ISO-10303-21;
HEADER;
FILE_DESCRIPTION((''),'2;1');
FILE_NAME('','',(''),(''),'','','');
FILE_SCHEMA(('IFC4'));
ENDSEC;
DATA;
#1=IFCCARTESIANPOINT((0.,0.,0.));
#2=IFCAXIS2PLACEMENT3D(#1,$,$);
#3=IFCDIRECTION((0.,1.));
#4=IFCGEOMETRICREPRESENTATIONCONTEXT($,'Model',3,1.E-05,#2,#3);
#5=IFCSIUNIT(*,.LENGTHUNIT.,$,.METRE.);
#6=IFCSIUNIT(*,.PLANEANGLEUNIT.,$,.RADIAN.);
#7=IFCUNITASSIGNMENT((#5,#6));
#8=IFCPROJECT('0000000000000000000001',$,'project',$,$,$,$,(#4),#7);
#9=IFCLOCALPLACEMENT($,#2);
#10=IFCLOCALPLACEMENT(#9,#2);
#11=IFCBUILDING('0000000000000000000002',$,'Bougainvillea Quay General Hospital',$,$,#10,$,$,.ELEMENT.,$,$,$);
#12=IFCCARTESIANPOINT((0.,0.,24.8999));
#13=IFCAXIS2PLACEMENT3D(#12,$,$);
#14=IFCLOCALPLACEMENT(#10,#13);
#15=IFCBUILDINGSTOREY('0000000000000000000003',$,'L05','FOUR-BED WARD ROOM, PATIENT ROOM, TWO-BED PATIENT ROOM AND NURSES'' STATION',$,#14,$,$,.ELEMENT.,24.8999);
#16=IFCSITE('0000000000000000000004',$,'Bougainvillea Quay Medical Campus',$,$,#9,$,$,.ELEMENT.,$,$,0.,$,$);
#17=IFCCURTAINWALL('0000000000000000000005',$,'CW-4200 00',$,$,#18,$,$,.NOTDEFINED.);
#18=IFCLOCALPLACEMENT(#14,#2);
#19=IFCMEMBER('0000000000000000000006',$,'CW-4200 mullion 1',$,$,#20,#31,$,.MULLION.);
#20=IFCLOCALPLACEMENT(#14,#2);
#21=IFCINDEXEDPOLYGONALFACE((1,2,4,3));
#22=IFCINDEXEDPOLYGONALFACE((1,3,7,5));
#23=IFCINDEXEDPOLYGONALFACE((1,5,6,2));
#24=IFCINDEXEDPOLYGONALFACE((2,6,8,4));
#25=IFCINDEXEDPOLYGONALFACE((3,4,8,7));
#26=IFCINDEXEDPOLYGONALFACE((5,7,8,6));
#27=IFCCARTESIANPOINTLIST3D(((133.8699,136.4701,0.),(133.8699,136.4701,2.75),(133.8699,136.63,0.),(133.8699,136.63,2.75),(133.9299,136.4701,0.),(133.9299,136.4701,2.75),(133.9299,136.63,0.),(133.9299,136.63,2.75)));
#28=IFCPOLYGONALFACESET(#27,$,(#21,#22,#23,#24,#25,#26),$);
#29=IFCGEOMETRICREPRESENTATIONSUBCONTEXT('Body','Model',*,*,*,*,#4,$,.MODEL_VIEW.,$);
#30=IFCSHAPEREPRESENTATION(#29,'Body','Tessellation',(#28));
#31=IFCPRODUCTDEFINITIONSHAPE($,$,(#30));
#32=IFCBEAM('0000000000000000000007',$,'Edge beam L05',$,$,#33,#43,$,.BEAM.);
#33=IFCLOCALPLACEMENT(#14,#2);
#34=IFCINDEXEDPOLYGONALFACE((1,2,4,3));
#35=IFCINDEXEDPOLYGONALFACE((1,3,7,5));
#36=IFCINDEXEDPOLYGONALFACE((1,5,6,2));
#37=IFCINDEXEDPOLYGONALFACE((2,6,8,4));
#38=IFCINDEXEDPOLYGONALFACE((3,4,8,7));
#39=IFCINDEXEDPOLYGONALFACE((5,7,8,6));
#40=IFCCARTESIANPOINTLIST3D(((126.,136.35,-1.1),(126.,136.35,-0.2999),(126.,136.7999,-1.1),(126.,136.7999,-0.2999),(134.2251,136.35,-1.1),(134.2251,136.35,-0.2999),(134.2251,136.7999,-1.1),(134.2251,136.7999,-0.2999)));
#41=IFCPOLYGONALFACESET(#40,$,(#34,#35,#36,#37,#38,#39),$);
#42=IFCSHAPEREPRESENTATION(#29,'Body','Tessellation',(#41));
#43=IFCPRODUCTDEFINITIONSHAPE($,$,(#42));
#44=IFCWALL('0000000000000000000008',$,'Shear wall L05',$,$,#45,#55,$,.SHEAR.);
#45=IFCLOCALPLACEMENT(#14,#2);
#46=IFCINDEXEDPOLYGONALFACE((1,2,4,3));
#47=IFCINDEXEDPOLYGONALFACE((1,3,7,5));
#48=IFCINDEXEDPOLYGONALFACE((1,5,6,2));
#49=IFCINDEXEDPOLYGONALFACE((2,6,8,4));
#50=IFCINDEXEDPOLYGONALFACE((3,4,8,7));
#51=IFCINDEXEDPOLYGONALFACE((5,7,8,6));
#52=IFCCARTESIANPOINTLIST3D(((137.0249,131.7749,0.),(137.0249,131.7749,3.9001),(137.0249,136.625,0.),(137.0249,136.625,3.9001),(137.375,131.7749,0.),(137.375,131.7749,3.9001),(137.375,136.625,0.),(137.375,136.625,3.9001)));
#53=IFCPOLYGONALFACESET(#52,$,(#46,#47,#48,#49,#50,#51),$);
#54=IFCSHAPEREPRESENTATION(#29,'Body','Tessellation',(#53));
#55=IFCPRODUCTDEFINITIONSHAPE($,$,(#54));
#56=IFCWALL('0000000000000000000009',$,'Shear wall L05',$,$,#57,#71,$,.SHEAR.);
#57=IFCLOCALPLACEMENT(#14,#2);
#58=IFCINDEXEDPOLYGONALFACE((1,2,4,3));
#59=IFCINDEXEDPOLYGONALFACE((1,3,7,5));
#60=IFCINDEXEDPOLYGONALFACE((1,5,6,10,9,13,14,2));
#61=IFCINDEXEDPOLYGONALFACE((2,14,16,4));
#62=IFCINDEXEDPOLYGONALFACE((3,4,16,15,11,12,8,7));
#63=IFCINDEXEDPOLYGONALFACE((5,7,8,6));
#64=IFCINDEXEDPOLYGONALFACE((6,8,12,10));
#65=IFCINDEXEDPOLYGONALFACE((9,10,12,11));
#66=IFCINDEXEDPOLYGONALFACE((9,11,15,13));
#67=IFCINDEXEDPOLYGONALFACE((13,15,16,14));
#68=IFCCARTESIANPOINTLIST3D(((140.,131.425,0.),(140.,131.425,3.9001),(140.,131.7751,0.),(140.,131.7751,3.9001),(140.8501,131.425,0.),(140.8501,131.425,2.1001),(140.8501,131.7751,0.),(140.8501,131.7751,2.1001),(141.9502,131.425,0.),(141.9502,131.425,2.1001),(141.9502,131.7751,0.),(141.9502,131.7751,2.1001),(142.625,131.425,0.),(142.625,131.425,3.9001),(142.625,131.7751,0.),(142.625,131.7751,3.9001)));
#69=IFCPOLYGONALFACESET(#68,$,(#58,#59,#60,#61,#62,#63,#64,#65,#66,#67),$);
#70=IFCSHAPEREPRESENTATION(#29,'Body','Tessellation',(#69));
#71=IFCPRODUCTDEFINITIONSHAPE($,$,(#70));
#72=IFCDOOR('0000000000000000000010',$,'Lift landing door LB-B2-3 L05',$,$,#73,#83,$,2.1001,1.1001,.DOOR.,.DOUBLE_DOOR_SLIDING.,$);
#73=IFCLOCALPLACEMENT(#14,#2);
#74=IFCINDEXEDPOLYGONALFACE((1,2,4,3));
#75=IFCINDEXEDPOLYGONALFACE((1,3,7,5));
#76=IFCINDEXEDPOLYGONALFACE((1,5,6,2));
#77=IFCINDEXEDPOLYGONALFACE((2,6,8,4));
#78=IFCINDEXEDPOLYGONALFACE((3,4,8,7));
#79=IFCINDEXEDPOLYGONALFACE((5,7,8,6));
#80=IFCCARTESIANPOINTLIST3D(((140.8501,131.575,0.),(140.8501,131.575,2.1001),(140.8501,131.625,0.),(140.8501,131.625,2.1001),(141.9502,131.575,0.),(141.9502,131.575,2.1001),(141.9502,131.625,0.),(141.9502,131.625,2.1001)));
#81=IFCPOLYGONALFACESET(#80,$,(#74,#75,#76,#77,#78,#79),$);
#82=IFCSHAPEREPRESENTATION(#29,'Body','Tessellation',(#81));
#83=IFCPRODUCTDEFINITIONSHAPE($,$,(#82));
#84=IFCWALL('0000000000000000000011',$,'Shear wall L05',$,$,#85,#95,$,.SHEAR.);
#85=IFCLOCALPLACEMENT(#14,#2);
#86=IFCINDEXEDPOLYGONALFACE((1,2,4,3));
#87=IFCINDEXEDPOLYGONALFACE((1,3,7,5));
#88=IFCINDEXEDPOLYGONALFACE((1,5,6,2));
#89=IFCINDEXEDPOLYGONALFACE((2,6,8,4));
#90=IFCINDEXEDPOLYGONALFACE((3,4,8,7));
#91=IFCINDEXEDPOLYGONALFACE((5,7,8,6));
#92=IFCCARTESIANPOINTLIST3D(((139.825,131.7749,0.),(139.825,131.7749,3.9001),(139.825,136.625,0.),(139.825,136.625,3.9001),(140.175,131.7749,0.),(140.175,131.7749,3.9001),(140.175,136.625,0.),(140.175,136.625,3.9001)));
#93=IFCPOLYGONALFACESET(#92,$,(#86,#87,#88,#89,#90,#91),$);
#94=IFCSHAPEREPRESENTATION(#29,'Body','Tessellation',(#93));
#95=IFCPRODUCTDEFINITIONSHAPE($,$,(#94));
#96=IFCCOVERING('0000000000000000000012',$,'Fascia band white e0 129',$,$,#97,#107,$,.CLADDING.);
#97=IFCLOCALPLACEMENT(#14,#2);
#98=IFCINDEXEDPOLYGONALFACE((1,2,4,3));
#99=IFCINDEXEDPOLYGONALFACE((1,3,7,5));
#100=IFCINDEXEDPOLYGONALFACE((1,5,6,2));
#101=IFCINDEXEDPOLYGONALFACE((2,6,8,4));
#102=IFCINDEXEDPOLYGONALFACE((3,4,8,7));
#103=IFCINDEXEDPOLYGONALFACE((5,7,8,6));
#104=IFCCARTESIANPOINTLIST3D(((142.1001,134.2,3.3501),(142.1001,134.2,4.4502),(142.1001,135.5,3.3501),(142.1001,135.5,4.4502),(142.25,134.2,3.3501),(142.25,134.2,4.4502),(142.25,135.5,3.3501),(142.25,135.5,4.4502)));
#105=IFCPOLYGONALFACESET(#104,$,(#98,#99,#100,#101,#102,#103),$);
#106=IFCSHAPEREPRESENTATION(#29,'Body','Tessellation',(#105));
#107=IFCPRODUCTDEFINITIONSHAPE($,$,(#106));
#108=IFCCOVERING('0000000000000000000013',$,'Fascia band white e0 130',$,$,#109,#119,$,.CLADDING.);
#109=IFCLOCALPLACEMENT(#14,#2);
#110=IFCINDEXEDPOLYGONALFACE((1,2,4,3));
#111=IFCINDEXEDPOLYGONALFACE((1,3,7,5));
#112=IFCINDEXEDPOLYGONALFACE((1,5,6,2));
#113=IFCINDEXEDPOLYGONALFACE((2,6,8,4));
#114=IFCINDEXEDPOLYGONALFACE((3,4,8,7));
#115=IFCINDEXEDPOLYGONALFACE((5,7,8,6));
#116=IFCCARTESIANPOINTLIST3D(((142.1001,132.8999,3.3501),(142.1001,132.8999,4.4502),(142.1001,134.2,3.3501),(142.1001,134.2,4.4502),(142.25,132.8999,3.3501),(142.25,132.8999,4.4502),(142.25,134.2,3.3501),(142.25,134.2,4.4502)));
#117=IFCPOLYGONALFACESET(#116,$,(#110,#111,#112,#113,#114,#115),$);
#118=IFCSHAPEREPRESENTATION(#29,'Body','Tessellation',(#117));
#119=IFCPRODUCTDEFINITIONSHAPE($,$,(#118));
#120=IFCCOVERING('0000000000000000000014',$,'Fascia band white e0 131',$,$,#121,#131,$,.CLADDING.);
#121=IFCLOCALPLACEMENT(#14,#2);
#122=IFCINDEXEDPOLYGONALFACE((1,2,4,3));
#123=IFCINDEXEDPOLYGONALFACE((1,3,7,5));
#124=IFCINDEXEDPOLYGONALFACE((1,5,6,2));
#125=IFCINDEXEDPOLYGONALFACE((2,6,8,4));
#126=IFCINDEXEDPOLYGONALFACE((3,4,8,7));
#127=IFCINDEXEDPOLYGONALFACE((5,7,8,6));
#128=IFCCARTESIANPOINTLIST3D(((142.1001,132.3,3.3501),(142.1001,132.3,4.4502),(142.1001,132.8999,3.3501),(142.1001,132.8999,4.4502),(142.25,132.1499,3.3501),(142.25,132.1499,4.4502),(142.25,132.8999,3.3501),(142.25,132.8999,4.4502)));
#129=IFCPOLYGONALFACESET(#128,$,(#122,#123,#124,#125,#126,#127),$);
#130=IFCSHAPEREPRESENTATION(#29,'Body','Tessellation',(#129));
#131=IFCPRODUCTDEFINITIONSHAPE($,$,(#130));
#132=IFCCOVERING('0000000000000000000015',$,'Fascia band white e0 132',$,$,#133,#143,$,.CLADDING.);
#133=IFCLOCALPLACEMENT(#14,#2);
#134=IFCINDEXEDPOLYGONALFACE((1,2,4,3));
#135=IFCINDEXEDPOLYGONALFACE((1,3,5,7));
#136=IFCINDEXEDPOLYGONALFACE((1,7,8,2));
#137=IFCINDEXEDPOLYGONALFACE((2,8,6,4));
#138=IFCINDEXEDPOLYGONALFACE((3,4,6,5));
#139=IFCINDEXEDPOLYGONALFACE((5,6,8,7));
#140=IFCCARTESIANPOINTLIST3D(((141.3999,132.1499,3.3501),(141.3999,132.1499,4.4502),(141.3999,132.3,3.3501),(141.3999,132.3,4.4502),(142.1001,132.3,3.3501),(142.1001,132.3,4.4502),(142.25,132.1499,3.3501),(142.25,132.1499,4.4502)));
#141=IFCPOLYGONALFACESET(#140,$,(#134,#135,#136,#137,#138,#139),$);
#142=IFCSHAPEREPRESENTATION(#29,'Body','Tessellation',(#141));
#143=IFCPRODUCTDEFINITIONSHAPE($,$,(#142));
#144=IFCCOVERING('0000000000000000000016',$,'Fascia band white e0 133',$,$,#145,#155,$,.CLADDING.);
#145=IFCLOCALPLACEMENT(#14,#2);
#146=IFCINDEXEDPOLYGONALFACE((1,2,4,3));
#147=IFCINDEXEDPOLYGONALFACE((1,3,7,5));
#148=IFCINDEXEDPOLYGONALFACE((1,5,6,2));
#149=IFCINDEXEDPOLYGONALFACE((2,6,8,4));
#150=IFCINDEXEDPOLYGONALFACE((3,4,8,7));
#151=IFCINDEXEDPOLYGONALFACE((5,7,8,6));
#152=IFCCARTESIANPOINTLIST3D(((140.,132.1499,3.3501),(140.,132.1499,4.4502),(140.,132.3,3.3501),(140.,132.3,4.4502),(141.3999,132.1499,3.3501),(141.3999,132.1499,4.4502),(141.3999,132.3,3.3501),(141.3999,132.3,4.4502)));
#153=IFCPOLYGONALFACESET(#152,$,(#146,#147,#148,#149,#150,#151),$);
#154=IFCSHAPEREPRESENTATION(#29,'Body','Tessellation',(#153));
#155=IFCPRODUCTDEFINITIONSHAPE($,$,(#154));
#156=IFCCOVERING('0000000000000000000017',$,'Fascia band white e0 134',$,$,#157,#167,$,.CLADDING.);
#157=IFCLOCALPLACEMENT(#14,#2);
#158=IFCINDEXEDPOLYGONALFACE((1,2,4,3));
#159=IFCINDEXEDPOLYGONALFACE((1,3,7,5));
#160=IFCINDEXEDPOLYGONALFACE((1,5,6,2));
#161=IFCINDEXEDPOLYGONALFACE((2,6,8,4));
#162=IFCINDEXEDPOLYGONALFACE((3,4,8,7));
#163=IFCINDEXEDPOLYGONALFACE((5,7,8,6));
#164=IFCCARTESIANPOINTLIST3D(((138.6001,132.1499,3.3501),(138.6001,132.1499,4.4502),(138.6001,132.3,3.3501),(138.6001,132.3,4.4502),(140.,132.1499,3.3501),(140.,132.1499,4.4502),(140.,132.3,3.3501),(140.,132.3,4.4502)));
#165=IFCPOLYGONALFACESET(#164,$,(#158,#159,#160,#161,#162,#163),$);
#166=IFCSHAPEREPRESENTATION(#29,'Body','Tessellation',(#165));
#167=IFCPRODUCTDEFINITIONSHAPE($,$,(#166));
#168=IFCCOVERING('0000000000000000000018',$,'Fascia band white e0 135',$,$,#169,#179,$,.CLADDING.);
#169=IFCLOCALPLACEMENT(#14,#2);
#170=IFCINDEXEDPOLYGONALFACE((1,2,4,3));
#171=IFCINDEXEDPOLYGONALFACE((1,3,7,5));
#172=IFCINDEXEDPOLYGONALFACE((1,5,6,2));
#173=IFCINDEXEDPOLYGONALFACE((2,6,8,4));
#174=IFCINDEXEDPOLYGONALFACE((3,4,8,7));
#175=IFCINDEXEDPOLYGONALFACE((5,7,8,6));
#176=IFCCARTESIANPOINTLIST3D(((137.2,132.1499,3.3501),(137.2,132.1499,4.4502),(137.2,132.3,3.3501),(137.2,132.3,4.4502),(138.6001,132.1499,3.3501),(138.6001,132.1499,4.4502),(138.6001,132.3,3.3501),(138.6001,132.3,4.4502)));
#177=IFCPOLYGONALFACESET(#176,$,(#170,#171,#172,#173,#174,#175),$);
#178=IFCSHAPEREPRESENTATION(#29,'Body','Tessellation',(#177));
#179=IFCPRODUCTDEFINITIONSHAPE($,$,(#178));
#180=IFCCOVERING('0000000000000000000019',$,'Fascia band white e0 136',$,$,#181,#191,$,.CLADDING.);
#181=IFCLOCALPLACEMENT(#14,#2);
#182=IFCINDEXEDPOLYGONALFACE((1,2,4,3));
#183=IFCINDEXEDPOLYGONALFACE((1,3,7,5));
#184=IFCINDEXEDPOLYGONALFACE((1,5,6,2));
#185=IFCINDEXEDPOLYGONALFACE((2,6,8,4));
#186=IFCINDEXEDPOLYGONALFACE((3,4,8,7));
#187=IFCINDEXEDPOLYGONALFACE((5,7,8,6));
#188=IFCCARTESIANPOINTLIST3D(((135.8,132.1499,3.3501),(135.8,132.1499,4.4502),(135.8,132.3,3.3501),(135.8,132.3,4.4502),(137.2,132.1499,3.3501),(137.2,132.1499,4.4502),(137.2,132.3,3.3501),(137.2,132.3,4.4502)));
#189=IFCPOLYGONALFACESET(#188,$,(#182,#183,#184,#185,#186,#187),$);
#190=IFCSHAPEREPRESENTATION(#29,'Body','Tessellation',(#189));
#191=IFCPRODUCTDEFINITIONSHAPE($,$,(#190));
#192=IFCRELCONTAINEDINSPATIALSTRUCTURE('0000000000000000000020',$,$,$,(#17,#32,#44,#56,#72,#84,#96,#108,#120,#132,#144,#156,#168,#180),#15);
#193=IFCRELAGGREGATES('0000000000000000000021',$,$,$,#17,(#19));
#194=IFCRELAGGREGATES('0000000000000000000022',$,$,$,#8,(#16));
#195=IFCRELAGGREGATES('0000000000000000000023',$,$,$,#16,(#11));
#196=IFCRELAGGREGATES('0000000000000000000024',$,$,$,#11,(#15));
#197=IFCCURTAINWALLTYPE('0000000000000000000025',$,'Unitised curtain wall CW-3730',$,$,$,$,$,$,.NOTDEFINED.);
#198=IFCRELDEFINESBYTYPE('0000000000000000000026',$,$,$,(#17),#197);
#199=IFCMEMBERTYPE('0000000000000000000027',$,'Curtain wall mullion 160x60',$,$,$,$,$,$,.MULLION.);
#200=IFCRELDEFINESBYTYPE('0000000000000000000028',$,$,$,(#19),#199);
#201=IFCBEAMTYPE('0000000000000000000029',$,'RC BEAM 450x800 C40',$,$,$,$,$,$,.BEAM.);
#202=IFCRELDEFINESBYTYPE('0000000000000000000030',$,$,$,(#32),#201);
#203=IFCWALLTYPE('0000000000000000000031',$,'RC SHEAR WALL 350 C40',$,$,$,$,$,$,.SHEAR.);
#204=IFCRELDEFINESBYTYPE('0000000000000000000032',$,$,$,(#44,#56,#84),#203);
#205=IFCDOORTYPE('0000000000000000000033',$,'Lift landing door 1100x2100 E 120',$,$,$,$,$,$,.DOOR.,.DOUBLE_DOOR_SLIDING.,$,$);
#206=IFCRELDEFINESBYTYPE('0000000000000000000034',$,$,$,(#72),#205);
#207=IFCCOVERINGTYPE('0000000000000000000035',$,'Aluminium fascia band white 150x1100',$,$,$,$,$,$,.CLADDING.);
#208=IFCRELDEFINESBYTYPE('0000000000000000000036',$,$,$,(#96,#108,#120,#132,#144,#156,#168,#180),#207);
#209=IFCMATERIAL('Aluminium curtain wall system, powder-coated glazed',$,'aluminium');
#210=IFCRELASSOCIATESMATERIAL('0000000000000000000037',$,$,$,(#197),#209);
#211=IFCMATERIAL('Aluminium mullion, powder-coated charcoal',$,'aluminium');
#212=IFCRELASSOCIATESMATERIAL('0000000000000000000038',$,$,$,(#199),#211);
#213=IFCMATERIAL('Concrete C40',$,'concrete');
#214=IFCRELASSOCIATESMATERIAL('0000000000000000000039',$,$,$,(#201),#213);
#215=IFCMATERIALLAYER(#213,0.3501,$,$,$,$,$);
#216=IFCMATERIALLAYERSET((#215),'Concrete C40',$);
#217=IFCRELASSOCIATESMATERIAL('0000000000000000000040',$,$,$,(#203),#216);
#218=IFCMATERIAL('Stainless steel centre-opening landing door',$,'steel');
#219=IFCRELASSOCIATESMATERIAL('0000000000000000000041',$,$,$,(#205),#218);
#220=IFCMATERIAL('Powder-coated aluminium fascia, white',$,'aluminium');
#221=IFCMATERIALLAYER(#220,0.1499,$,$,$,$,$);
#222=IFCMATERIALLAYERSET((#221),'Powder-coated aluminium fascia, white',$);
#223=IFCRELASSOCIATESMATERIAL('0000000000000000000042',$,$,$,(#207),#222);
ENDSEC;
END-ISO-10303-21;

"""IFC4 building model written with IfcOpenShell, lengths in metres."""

from ifc_helpers import new_model, si_unit, direction, frame, frame_2d, origin, origin_2d, place, context, subcontext, project, spatial, polyline, rectangle, outline, extrude, material, layer, layer_set, material_profile, profile_set, type_object, element, fill, aggregate, save


model = new_model("IFC4")

# Units and contexts
model_context = context("Model", 3, precision=1e-05, world=origin(), true_north=direction((0.0, 1.0)))
body_context = subcontext(model_context, "Body", "Model", "MODEL_VIEW")
ifc_project = project(units=[si_unit("LENGTHUNIT", "METRE"), si_unit("PLANEANGLEUNIT", "RADIAN")], contexts=[model_context])

# Site, building, storey
site_placement = place(None, origin())
site = spatial("IfcSite", under=ifc_project, at=site_placement, Name="Bougainvillea Quay Medical Campus", CompositionType="ELEMENT", RefElevation=0.0)
building_placement = place(site_placement, origin())
building = spatial("IfcBuilding", under=site, at=building_placement, Name="Bougainvillea Quay General Hospital", CompositionType="ELEMENT")
storey_placement = place(building_placement, frame((0.0, 0.0, 24.8999)))
storey = spatial("IfcBuildingStorey", under=building, at=storey_placement, Name="L05", Description="FOUR-BED WARD ROOM, PATIENT ROOM, TWO-BED PATIENT ROOM AND NURSES' STATION", CompositionType="ELEMENT", Elevation=24.8999)

# Curtain wall, member
ifc_material_1 = material(Name="Aluminium curtain wall system, powder-coated glazed", Category="aluminium")
curtain_wall_type = type_object("IfcCurtainWallType", Name="Unitised curtain wall CW-3730", PredefinedType="NOTDEFINED", material=ifc_material_1)
curtain_wall_placement = place(storey_placement, origin())
curtain_wall = element("IfcCurtainWall", 1, at=curtain_wall_placement, inside=storey, type_object=curtain_wall_type, Name="CW-4200 00", PredefinedType="NOTDEFINED")
ifc_material_2 = material(Name="Aluminium mullion, powder-coated charcoal", Category="aluminium")
ifc_material_profile_1 = material_profile(ifc_material_2, rectangle(XDim=0.1599, YDim=0.0601, at=origin_2d()))
ifc_profile_set_1 = profile_set([ifc_material_profile_1], Name="Aluminium mullion, powder-coated charcoal")
member_type = type_object("IfcMemberType", Name="Curtain wall mullion 160x60", PredefinedType="MULLION", material=ifc_profile_set_1)
member_placement = place(storey_placement, frame((133.8999, 136.55, 0.0), z_axis=(0.0, 0.0, 1.0), x_axis=(0.0, -1.0, 0.0)))
member = element("IfcMember", 2, at=member_placement, type_object=member_type, Name="CW-4200 mullion 1", PredefinedType="MULLION", context=body_context, shape_type="SweptSolid", body=[
    extrude(rectangle(XDim=0.1599, YDim=0.0601, at=origin_2d()), origin(), (0.0, 0.0, 1.0), 2.75),
])
aggregate(curtain_wall, [member])

# Beam
ifc_material_3 = material(Name="Concrete C40", Category="concrete")
ifc_material_profile_2 = material_profile(ifc_material_3, rectangle(XDim=0.45, YDim=0.8, at=origin_2d()))
ifc_profile_set_2 = profile_set([ifc_material_profile_2], Name="Concrete C40")
beam_type = type_object("IfcBeamType", Name="RC BEAM 450x800 C40", PredefinedType="BEAM", material=ifc_profile_set_2)
beam_placement = place(storey_placement, frame((134.2251, 136.575, -0.7), z_axis=(-1.0, 0.0, 0.0), x_axis=(0.0, -1.0, 0.0)))
element("IfcBeam", 3, at=beam_placement, inside=storey, type_object=beam_type, Name="Edge beam L05", PredefinedType="BEAM", context=body_context, shape_type="SweptSolid", body=[
    extrude(rectangle(XDim=0.45, YDim=0.8, at=origin_2d()), origin(), (0.0, 0.0, 1.0), 8.2251),
])

# Wall
ifc_layer_1 = layer(ifc_material_3, 0.3501)
ifc_layer_set_1 = layer_set([ifc_layer_1], Name="Concrete C40")
wall_type = type_object("IfcWallType", Name="RC SHEAR WALL 350 C40", PredefinedType="SHEAR", material=ifc_layer_set_1)
wall_1_placement = place(storey_placement, frame((137.2, 131.7749, 0.0), z_axis=(0.0, 0.0, 1.0), x_axis=(0.0, 1.0, 0.0)))
element("IfcWall", 4, at=wall_1_placement, inside=storey, type_object=wall_type, Name="Shear wall L05", PredefinedType="SHEAR", context=body_context, shape_type="SweptSolid", body=[
    extrude(rectangle(XDim=4.8501, YDim=0.3501, at=frame_2d((2.425, 0.0))), origin(), (0.0, 0.0, 1.0), 3.9001),
])

# Wall, opening, door
wall_2_placement = place(storey_placement, frame((140.0, 131.6001, 0.0), z_axis=(0.0, 0.0, 1.0), x_axis=(1.0, 0.0, 0.0)))
wall_2 = element("IfcWall", 5, at=wall_2_placement, inside=storey, type_object=wall_type, Name="Shear wall L05", PredefinedType="SHEAR", context=body_context, shape_type="SweptSolid", body=[
    extrude(rectangle(XDim=2.625, YDim=0.3501, at=frame_2d((1.3125, 0.0))), origin(), (0.0, 0.0, 1.0), 3.9001),
])
opening_placement = place(wall_2_placement, frame((0.8501, 0.0, 0.0)))
opening = element("IfcOpeningElement", 6, at=opening_placement, cuts=wall_2, PredefinedType="OPENING", context=body_context, shape_type="SweptSolid", body=[
    extrude(rectangle(XDim=1.1001, YDim=2.1001, at=frame_2d((0.55, 1.05))), frame((0.0, 0.1851, 0.0), z_axis=(0.0, -1.0, 0.0), x_axis=(1.0, 0.0, 0.0)), (0.0, 0.0, 1.0), 0.3701),
])
ifc_material_4 = material(Name="Stainless steel centre-opening landing door", Category="steel")
door_type = type_object("IfcDoorType", Name="Lift landing door 1100x2100 E 120", OperationType="DOUBLE_DOOR_SLIDING", PredefinedType="DOOR", material=ifc_material_4)
door_placement = place(opening_placement, origin())
door = element("IfcDoor", 7, at=door_placement, inside=storey, type_object=door_type, Name="Lift landing door LB-B2-3 L05", OperationType="DOUBLE_DOOR_SLIDING", OverallHeight=2.1001, OverallWidth=1.1001, PredefinedType="DOOR", context=body_context, shape_type="SweptSolid", body=[
    extrude(rectangle(XDim=1.1001, YDim=2.1001, at=frame_2d((0.55, 1.05))), frame((0.0, 0.0249, 0.0), z_axis=(0.0, -1.0, 0.0), x_axis=(1.0, 0.0, 0.0)), (0.0, 0.0, 1.0), 0.05),
])
fill(opening, door)

# Wall
wall_3_placement = place(storey_placement, frame((140.0, 131.7749, 0.0), z_axis=(0.0, 0.0, 1.0), x_axis=(0.0, 1.0, 0.0)))
element("IfcWall", 8, at=wall_3_placement, inside=storey, type_object=wall_type, Name="Shear wall L05", PredefinedType="SHEAR", context=body_context, shape_type="SweptSolid", body=[
    extrude(rectangle(XDim=4.8501, YDim=0.3501, at=frame_2d((2.425, 0.0))), origin(), (0.0, 0.0, 1.0), 3.9001),
])

# Coverings
ifc_material_5 = material(Name="Powder-coated aluminium fascia, white", Category="aluminium")
ifc_layer_2 = layer(ifc_material_5, 0.1499)
ifc_layer_set_2 = layer_set([ifc_layer_2], Name="Powder-coated aluminium fascia, white")
covering_type = type_object("IfcCoveringType", Name="Aluminium fascia band white 150x1100", PredefinedType="CLADDING", material=ifc_layer_set_2)
for number, where, z_axis, x_axis, name in (
    (9, (142.25, 135.5, 3.3501), (0.0, 0.0, 1.0), (0.0, -1.0, 0.0), "Fascia band white e0 129"),
    (10, (142.25, 134.2, 3.3501), (0.0, 0.0, 1.0), (0.0, -1.0, 0.0), "Fascia band white e0 130"),
):
    element("IfcCovering", number, at=place(storey_placement, frame(where, z_axis=z_axis, x_axis=x_axis)), inside=storey, type_object=covering_type, Name=name, PredefinedType="CLADDING", context=body_context, shape_type="SweptSolid", body=[
        extrude(outline(polyline([(0.0, 0.0), (1.3, 0.0), (1.3, -0.1499), (0.0, -0.1499), (0.0, 0.0)])), origin(), (0.0, 0.0, 1.0), 1.1001),
    ])
covering_1_placement = place(storey_placement, frame((142.25, 132.8999, 3.3501), z_axis=(0.0, 0.0, 1.0), x_axis=(0.0, -1.0, 0.0)))
element("IfcCovering", 11, at=covering_1_placement, inside=storey, type_object=covering_type, Name="Fascia band white e0 131", PredefinedType="CLADDING", context=body_context, shape_type="SweptSolid", body=[
    extrude(outline(polyline([(0.0, 0.0), (0.75, 0.0), (0.5999, -0.1499), (0.0, -0.1499), (0.0, 0.0)])), origin(), (0.0, 0.0, 1.0), 1.1001),
])
covering_2_placement = place(storey_placement, frame((142.25, 132.1499, 3.3501), z_axis=(0.0, 0.0, 1.0), x_axis=(-1.0, 0.0, 0.0)))
element("IfcCovering", 12, at=covering_2_placement, inside=storey, type_object=covering_type, Name="Fascia band white e0 132", PredefinedType="CLADDING", context=body_context, shape_type="SweptSolid", body=[
    extrude(outline(polyline([(0.0, 0.0), (0.8501, 0.0), (0.8501, -0.1501), (0.1499, -0.1501), (0.0, 0.0)])), origin(), (0.0, 0.0, 1.0), 1.1001),
])
for number, where, z_axis, x_axis, name in (
    (13, (141.3999, 132.1499, 3.3501), (0.0, 0.0, 1.0), (-1.0, 0.0, 0.0), "Fascia band white e0 133"),
    (14, (140.0, 132.1499, 3.3501), (0.0, 0.0, 1.0), (-1.0, 0.0, 0.0), "Fascia band white e0 134"),
):
    element("IfcCovering", number, at=place(storey_placement, frame(where, z_axis=z_axis, x_axis=x_axis)), inside=storey, type_object=covering_type, Name=name, PredefinedType="CLADDING", context=body_context, shape_type="SweptSolid", body=[
        extrude(outline(polyline([(0.0, 0.0), (1.3999, 0.0), (1.3999, -0.1501), (0.0, -0.1501), (0.0, 0.0)])), origin(), (0.0, 0.0, 1.0), 1.1001),
    ])
covering_3_placement = place(storey_placement, frame((138.6001, 132.1499, 3.3501), z_axis=(0.0, 0.0, 1.0), x_axis=(-1.0, 0.0, 0.0)))
element("IfcCovering", 15, at=covering_3_placement, inside=storey, type_object=covering_type, Name="Fascia band white e0 135", PredefinedType="CLADDING", context=body_context, shape_type="SweptSolid", body=[
    extrude(outline(polyline([(0.0, 0.0), (1.4001, 0.0), (1.4001, -0.1501), (0.0, -0.1501), (0.0, 0.0)])), origin(), (0.0, 0.0, 1.0), 1.1001),
])
covering_4_placement = place(storey_placement, frame((137.2, 132.1499, 3.3501), z_axis=(0.0, 0.0, 1.0), x_axis=(-1.0, 0.0, 0.0)))
element("IfcCovering", 16, at=covering_4_placement, inside=storey, type_object=covering_type, Name="Fascia band white e0 136", PredefinedType="CLADDING", context=body_context, shape_type="SweptSolid", body=[
    extrude(outline(polyline([(0.0, 0.0), (1.3999, 0.0), (1.3999, -0.1501), (0.0, -0.1501), (0.0, 0.0)])), origin(), (0.0, 0.0, 1.0), 1.1001),
])

save(model, "model.ifc")
